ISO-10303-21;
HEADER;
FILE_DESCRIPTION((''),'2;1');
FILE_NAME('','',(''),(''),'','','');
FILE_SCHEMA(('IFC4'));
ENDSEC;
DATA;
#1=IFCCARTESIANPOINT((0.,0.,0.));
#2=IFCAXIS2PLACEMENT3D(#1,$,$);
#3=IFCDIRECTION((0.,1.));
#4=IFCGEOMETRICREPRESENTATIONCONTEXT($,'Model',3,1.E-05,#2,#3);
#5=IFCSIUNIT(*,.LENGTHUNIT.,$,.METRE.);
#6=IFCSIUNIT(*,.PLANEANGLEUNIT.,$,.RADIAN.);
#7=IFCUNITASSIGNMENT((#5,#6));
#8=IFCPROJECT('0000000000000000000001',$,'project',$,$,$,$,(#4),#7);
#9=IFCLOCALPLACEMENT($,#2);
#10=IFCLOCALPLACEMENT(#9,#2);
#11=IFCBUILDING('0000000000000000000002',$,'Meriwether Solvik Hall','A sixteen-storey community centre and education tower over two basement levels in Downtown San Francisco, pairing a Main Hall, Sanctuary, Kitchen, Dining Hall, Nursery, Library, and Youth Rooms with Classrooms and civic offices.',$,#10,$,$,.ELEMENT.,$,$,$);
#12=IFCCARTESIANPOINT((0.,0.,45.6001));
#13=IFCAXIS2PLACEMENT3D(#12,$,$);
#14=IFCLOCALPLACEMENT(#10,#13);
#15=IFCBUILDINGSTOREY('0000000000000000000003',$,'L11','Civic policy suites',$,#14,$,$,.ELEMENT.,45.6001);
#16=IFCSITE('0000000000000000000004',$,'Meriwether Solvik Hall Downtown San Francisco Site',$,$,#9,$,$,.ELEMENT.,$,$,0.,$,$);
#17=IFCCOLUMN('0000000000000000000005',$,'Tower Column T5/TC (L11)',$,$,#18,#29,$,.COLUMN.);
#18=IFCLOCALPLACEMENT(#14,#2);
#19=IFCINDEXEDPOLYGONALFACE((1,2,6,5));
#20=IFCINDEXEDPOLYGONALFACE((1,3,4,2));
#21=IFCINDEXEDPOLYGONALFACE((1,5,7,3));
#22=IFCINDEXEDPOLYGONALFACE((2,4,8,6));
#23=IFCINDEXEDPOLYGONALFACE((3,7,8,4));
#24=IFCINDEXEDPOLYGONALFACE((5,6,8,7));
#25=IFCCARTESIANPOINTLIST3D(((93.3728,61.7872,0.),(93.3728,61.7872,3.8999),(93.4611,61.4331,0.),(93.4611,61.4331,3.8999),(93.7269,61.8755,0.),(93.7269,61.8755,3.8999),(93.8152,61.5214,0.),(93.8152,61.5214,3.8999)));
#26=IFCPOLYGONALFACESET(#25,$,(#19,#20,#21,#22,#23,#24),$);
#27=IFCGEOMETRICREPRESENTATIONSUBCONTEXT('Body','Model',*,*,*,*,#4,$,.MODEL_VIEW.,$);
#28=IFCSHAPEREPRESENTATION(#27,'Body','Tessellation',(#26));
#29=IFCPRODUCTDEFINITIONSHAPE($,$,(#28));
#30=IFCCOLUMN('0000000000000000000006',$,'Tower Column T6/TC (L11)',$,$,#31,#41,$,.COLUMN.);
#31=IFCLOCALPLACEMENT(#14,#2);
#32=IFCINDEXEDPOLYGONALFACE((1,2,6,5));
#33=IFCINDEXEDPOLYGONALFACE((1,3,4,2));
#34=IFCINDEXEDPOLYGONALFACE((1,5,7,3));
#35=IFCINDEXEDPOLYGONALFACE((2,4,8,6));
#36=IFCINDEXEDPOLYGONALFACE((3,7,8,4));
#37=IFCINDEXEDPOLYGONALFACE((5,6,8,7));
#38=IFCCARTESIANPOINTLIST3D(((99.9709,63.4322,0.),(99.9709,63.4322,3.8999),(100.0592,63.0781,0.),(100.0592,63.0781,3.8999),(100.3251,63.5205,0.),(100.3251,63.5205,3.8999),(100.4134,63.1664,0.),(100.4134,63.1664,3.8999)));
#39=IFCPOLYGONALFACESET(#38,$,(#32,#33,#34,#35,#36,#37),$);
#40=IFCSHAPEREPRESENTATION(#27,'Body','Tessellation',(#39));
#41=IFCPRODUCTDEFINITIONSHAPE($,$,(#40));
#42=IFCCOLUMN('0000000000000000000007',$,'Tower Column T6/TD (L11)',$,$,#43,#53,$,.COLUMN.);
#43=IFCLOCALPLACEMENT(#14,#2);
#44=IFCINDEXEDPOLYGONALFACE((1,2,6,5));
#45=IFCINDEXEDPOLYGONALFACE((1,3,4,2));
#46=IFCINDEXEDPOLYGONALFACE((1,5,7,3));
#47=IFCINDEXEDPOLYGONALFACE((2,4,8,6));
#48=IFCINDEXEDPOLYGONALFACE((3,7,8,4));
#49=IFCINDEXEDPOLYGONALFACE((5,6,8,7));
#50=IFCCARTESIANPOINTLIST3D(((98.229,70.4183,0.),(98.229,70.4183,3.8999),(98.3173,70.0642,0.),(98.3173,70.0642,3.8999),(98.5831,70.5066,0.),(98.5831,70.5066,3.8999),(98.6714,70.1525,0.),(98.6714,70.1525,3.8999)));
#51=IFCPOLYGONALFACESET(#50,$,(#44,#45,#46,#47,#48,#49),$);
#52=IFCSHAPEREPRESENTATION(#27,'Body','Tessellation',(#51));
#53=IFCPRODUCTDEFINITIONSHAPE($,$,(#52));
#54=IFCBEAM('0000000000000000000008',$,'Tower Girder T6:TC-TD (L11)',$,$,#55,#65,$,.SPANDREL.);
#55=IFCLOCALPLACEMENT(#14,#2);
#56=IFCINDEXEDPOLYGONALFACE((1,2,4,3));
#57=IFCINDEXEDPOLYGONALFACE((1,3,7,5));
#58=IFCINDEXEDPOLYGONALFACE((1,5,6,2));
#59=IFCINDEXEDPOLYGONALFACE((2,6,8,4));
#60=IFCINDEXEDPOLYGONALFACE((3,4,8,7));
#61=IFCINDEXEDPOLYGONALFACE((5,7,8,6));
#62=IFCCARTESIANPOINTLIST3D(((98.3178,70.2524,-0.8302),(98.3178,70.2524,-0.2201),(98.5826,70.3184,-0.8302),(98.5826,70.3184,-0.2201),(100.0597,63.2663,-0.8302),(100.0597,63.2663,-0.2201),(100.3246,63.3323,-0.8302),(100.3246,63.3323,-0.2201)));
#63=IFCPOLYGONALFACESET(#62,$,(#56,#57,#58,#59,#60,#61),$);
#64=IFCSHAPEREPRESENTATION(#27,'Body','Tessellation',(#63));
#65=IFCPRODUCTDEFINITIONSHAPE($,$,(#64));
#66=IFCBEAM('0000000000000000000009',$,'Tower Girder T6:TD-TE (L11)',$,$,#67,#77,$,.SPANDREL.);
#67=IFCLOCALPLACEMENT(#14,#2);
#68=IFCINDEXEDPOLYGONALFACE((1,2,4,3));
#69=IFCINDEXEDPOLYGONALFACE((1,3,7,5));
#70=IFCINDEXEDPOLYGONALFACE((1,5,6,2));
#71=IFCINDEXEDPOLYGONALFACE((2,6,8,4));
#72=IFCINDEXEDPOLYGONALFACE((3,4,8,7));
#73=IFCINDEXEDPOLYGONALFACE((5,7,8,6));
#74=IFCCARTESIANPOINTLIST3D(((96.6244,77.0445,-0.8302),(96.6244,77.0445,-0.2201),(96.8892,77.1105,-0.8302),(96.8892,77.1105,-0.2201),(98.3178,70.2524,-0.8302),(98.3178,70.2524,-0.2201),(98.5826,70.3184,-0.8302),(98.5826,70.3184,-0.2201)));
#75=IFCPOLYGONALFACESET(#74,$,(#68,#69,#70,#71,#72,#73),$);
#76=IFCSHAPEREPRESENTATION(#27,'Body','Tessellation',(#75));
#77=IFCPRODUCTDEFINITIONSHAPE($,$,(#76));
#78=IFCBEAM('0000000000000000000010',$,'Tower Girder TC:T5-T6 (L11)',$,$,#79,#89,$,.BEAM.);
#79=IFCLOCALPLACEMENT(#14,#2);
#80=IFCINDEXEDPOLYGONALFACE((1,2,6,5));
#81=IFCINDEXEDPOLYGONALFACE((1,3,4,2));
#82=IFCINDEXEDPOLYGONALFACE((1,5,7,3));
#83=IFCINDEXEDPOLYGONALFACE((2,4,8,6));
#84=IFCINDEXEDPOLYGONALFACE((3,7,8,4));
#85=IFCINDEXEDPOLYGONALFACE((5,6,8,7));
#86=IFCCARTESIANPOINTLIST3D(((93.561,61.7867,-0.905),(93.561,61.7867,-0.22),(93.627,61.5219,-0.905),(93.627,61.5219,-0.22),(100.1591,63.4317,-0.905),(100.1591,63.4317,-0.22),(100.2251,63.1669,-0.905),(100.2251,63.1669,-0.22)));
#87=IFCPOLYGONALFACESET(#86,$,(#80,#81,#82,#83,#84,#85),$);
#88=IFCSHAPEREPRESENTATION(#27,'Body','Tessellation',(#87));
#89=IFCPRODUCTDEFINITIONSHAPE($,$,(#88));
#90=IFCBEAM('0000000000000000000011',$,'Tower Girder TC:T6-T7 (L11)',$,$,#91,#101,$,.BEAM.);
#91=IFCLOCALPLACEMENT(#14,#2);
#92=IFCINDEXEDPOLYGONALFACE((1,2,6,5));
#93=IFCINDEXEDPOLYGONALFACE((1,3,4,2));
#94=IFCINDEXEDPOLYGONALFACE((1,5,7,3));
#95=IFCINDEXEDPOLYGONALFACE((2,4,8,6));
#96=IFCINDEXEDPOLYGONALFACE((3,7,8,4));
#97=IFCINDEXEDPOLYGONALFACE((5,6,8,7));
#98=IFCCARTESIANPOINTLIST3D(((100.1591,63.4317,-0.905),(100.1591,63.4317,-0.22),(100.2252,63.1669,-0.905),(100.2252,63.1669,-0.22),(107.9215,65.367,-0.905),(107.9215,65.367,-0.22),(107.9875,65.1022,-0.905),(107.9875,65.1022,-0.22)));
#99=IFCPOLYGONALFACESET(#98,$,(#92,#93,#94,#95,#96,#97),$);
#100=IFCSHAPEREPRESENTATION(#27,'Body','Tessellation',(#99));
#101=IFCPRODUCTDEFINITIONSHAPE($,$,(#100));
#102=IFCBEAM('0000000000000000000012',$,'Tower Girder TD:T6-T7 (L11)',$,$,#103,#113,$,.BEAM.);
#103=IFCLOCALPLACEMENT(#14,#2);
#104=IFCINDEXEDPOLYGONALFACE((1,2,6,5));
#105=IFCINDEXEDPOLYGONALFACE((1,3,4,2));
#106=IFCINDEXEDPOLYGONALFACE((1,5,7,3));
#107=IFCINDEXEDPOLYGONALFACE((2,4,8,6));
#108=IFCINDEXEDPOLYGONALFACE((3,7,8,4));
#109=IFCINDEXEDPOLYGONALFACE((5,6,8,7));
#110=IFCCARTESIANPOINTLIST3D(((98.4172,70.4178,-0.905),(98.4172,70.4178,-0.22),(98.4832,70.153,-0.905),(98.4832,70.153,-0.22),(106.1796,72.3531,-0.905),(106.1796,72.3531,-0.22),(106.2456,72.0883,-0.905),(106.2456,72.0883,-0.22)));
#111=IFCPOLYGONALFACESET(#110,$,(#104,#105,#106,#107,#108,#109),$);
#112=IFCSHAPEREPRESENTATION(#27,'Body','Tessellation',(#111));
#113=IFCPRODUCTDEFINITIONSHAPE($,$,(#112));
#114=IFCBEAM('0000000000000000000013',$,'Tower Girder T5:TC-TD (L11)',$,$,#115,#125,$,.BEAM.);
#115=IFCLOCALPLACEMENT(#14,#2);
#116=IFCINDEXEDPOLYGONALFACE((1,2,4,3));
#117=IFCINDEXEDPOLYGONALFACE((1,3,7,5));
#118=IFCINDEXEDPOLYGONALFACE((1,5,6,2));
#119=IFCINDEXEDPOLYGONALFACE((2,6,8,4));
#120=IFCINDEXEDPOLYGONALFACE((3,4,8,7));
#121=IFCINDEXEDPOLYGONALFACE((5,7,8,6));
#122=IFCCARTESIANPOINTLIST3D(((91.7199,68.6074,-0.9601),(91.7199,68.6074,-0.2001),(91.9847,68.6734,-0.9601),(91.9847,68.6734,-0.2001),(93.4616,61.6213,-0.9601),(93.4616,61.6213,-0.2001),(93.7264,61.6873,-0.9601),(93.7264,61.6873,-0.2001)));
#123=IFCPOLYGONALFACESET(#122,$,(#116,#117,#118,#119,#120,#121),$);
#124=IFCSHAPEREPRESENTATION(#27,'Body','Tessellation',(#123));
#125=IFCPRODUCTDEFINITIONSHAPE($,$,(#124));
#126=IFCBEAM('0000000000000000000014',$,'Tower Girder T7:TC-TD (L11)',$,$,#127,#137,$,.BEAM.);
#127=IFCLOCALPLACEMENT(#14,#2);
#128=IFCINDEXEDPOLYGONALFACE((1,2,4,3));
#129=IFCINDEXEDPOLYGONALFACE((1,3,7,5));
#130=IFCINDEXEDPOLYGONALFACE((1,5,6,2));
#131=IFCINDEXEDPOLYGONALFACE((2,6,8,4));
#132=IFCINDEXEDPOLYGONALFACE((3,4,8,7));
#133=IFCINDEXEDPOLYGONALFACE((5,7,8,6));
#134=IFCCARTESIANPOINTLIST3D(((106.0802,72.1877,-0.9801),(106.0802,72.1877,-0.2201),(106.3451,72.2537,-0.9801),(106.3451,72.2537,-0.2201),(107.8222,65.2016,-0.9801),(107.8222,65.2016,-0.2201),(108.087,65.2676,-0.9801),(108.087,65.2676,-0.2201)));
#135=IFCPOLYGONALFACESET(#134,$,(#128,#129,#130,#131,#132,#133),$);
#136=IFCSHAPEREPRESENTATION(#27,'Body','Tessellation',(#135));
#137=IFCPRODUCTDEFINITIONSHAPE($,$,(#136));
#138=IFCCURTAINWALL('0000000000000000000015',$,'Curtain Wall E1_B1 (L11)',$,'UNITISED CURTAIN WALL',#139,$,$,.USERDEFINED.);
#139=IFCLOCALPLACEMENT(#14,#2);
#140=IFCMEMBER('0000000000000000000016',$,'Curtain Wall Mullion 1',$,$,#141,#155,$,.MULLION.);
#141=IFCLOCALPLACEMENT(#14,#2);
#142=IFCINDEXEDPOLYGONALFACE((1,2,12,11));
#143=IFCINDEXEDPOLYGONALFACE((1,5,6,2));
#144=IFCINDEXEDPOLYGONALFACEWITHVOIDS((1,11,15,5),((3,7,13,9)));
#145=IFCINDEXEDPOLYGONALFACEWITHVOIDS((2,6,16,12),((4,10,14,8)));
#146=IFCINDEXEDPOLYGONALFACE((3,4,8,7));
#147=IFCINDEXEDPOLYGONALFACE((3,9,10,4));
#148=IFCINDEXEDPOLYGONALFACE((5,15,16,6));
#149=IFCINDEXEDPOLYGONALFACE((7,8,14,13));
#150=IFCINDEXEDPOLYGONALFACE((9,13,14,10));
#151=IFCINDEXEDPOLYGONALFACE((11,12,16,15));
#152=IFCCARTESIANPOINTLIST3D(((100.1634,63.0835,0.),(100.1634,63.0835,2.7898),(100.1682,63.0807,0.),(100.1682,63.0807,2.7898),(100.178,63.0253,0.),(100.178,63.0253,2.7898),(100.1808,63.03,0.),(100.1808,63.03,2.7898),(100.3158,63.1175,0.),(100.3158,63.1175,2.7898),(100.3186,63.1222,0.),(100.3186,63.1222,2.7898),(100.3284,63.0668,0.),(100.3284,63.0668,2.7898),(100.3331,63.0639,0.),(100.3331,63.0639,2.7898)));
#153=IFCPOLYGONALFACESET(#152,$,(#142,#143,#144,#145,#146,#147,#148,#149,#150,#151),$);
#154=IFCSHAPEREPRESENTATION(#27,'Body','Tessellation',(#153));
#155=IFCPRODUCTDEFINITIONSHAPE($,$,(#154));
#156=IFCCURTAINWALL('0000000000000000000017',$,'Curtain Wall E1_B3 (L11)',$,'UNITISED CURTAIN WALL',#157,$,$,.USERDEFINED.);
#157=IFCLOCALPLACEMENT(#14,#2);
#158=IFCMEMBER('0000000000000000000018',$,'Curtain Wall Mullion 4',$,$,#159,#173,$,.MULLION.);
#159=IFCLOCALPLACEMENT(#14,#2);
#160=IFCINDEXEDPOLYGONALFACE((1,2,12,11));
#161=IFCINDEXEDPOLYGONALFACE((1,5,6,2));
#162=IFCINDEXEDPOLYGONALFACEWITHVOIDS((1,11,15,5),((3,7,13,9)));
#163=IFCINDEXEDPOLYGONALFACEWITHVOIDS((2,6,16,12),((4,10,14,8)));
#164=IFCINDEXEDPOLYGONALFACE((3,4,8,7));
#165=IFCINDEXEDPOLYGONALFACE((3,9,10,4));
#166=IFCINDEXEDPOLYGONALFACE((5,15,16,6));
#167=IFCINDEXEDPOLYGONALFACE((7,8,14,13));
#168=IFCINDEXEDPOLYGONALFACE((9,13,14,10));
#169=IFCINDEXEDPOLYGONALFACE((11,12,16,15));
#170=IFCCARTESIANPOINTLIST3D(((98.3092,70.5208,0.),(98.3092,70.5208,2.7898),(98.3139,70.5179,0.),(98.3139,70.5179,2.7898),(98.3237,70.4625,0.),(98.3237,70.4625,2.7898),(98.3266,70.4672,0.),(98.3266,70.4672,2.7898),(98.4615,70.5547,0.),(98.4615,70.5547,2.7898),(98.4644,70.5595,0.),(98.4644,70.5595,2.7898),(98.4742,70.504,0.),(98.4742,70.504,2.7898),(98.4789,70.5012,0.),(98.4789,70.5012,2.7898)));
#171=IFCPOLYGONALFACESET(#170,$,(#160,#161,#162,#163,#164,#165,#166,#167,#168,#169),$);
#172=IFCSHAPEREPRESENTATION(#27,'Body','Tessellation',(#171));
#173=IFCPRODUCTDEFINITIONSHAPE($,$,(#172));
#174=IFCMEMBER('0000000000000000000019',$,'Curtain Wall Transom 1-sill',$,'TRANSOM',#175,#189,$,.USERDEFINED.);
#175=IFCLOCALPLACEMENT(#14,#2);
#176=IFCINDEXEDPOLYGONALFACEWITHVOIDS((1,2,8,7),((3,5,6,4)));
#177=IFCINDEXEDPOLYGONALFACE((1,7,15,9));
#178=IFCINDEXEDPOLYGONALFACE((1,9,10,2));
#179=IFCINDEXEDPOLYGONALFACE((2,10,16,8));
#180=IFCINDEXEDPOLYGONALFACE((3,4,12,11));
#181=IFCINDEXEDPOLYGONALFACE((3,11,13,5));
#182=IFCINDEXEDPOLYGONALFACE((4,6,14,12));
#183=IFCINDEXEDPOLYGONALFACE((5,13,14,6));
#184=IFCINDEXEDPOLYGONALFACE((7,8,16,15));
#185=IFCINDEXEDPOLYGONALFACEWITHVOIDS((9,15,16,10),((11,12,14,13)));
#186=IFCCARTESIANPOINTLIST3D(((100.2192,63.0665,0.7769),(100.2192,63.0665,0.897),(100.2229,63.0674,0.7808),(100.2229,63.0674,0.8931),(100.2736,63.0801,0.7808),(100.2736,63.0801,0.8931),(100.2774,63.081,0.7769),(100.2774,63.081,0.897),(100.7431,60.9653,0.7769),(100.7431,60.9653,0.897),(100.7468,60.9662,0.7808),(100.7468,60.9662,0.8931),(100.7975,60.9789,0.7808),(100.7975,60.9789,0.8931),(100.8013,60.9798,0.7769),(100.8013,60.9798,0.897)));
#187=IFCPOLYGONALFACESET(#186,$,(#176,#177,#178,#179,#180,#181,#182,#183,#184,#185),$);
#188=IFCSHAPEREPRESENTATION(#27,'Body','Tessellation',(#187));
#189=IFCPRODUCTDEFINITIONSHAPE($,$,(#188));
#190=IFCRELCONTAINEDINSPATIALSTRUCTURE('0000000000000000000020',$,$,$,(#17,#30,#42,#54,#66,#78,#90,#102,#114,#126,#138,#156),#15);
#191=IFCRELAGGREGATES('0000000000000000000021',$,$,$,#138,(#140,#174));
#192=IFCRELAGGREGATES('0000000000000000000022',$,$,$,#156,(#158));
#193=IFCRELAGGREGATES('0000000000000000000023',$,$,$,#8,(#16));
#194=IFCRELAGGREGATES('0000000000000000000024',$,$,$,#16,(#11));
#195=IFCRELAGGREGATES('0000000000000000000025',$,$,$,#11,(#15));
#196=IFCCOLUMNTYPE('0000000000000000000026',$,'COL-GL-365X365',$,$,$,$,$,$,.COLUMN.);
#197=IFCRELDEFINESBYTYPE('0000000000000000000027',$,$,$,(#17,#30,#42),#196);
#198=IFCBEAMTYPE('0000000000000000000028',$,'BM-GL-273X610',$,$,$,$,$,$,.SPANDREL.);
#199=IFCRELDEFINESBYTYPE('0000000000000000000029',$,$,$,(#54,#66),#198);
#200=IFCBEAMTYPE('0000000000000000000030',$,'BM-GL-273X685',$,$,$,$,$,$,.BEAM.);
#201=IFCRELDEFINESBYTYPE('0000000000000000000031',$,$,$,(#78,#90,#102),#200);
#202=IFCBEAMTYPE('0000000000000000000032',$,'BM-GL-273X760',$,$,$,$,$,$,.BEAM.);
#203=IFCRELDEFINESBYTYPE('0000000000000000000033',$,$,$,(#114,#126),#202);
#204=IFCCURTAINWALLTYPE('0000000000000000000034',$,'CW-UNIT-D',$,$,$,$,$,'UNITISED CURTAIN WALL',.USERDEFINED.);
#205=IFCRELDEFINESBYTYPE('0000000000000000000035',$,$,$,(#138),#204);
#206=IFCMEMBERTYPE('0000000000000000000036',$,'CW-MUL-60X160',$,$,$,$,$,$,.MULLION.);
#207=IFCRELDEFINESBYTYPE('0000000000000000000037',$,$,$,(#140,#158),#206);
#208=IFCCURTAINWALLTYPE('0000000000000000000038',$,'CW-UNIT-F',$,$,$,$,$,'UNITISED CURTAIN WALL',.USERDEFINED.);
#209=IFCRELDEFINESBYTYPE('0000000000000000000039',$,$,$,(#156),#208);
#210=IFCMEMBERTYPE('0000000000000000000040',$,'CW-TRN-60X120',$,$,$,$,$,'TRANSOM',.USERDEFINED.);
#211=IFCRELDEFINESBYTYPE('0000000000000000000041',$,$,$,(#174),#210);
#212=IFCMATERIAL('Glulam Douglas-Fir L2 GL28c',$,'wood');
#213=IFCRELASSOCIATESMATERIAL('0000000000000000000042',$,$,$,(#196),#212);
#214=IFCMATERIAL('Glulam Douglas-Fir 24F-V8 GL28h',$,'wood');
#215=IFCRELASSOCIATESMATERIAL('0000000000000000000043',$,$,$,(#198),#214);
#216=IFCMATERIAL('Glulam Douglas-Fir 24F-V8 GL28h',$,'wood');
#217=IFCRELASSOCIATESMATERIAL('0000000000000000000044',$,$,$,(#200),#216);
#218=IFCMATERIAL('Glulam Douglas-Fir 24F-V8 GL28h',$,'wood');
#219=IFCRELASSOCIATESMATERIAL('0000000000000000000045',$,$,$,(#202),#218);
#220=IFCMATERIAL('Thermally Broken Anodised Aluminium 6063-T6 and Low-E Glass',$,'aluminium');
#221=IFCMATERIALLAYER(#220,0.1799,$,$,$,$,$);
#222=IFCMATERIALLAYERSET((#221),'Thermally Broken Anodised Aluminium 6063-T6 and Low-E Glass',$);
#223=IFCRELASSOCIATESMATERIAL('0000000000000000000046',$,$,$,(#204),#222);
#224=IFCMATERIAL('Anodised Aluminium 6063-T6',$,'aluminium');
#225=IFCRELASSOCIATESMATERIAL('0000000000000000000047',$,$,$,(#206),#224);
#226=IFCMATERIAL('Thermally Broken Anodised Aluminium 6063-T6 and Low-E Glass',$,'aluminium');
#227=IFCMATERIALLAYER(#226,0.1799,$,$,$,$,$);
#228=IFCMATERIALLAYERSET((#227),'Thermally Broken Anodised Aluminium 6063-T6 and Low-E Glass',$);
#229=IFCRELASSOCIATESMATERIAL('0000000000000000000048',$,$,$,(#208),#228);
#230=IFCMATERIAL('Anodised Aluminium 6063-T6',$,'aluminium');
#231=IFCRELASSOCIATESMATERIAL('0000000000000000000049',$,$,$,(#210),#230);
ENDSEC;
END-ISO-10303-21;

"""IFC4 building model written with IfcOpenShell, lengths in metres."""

from ifc_helpers import new_model, si_unit, direction, frame, origin, origin_2d, place, context, subcontext, project, spatial, rectangle, hollow_rectangle, extrude, material, layer, layer_set, material_profile, profile_set, type_object, element, aggregate, save


model = new_model("IFC4")

# Units and contexts
model_context = context("Model", 3, precision=1e-05, world=origin(), true_north=direction((0.0, 1.0)))
body_context = subcontext(model_context, "Body", "Model", "MODEL_VIEW")
ifc_project = project(units=[si_unit("LENGTHUNIT", "METRE"), si_unit("PLANEANGLEUNIT", "RADIAN")], contexts=[model_context])

# Site, building, storey
site_placement = place(None, origin())
site = spatial("IfcSite", under=ifc_project, at=site_placement, Name="Meriwether Solvik Hall Downtown San Francisco Site", CompositionType="ELEMENT", RefElevation=0.0)
building_placement = place(site_placement, origin())
building = spatial("IfcBuilding", under=site, at=building_placement, Name="Meriwether Solvik Hall", Description="A sixteen-storey community centre and education tower over two basement levels in Downtown San Francisco, pairing a Main Hall, Sanctuary, Kitchen, Dining Hall, Nursery, Library, and Youth Rooms with Classrooms and civic offices.", CompositionType="ELEMENT")
storey_placement = place(building_placement, frame((0.0, 0.0, 45.6001)))
storey = spatial("IfcBuildingStorey", under=building, at=storey_placement, Name="L11", Description="Civic policy suites", CompositionType="ELEMENT", Elevation=45.6001)

# Columns
ifc_material_1 = material(Name="Glulam Douglas-Fir L2 GL28c", Category="wood")
ifc_material_profile_1 = material_profile(ifc_material_1, rectangle(XDim=0.365, YDim=0.365, at=origin_2d()), Name="GLC-365X365")
ifc_profile_set_1 = profile_set([ifc_material_profile_1], Name="Glulam Douglas-Fir L2 GL28c")
column_type = type_object("IfcColumnType", Name="COL-GL-365X365", PredefinedType="COLUMN", material=ifc_profile_set_1)
for number, where, z_axis, x_axis, name in (
    (1, (93.594, 61.6543, 0.0), (0.0, 0.0, 1.0), (0.970296, 0.241922, 0.0), "Tower Column T5/TC (L11)"),
    (2, (100.1921, 63.2993, 0.0), (0.0, 0.0, 1.0), (0.970296, 0.241922, 0.0), "Tower Column T6/TC (L11)"),
    (3, (98.4502, 70.2854, 0.0), (0.0, 0.0, 1.0), (0.970296, 0.241922, 0.0), "Tower Column T6/TD (L11)"),
):
    element("IfcColumn", number, at=place(storey_placement, frame(where, z_axis=z_axis, x_axis=x_axis)), inside=storey, type_object=column_type, Name=name, PredefinedType="COLUMN", context=body_context, shape_type="SweptSolid", body=[
        extrude(rectangle(XDim=0.365, YDim=0.365, at=origin_2d()), origin(), (0.0, 0.0, 1.0), 3.8999),
    ])

# Beams
ifc_material_2 = material(Name="Glulam Douglas-Fir 24F-V8 GL28h", Category="wood")
ifc_material_profile_2 = material_profile(ifc_material_2, rectangle(XDim=0.2729, YDim=0.6101, at=origin_2d()), Name="GLB-273X610")
ifc_profile_set_2 = profile_set([ifc_material_profile_2], Name="Glulam Douglas-Fir 24F-V8 GL28h")
beam_type_1 = type_object("IfcBeamType", Name="BM-GL-273X610", PredefinedType="SPANDREL", material=ifc_profile_set_2)
beam_1_placement = place(storey_placement, frame((100.1921, 63.2993, -0.5251), z_axis=(-0.241937, 0.970292, 0.0), x_axis=(-0.970292, -0.241937, 0.0)))
element("IfcBeam", 4, at=beam_1_placement, inside=storey, type_object=beam_type_1, Name="Tower Girder T6:TC-TD (L11)", PredefinedType="SPANDREL", context=body_context, shape_type="SweptSolid", body=[
    extrude(rectangle(XDim=0.2729, YDim=0.6101, at=origin_2d()), origin(), (0.0, 0.0, 1.0), 7.2),
])
beam_2_placement = place(storey_placement, frame((98.4502, 70.2854, -0.5251), z_axis=(-0.241912, 0.970298, 0.0), x_axis=(-0.970298, -0.241912, 0.0)))
element("IfcBeam", 5, at=beam_2_placement, inside=storey, type_object=beam_type_1, Name="Tower Girder T6:TD-TE (L11)", PredefinedType="SPANDREL", context=body_context, shape_type="SweptSolid", body=[
    extrude(rectangle(XDim=0.2729, YDim=0.6101, at=origin_2d()), origin(), (0.0, 0.0, 1.0), 7.0),
])
ifc_material_3 = material(Name="Glulam Douglas-Fir 24F-V8 GL28h", Category="wood")
ifc_material_profile_3 = material_profile(ifc_material_3, rectangle(XDim=0.2729, YDim=0.6851, at=origin_2d()), Name="GLB-273X685")
ifc_profile_set_3 = profile_set([ifc_material_profile_3], Name="Glulam Douglas-Fir 24F-V8 GL28h")
beam_type_2 = type_object("IfcBeamType", Name="BM-GL-273X685", PredefinedType="BEAM", material=ifc_profile_set_3)
beam_3_placement = place(storey_placement, frame((93.594, 61.6543, -0.5625), z_axis=(0.970299, 0.24191, 0.0), x_axis=(-0.24191, 0.970299, 0.0)))
element("IfcBeam", 6, at=beam_3_placement, inside=storey, type_object=beam_type_2, Name="Tower Girder TC:T5-T6 (L11)", PredefinedType="BEAM", context=body_context, shape_type="SweptSolid", body=[
    extrude(rectangle(XDim=0.2729, YDim=0.6851, at=origin_2d()), origin(), (0.0, 0.0, 1.0), 6.8),
])
for number, where, z_axis, x_axis, name in (
    (7, (100.1921, 63.2993, -0.5625), (0.970298, 0.241911, 0.0), (-0.241911, 0.970298, 0.0), "Tower Girder TC:T6-T7 (L11)"),
    (8, (98.4502, 70.2854, -0.5625), (0.970298, 0.241911, 0.0), (-0.241911, 0.970298, 0.0), "Tower Girder TD:T6-T7 (L11)"),
):
    element("IfcBeam", number, at=place(storey_placement, frame(where, z_axis=z_axis, x_axis=x_axis)), inside=storey, type_object=beam_type_2, Name=name, PredefinedType="BEAM", context=body_context, shape_type="SweptSolid", body=[
        extrude(rectangle(XDim=0.2729, YDim=0.6851, at=origin_2d()), origin(), (0.0, 0.0, 1.0), 8.0),
    ])
ifc_material_4 = material(Name="Glulam Douglas-Fir 24F-V8 GL28h", Category="wood")
ifc_material_profile_4 = material_profile(ifc_material_4, rectangle(XDim=0.2729, YDim=0.76, at=origin_2d()), Name="GLB-273X760")
ifc_profile_set_4 = profile_set([ifc_material_profile_4], Name="Glulam Douglas-Fir 24F-V8 GL28h")
beam_type_3 = type_object("IfcBeamType", Name="BM-GL-273X760", PredefinedType="BEAM", material=ifc_profile_set_4)
for number, where, z_axis, x_axis, name in (
    (9, (93.594, 61.6543, -0.5801), (-0.241905, 0.9703, 0.0), (-0.9703, -0.241905, 0.0), "Tower Girder T5:TC-TD (L11)"),
    (10, (107.9546, 65.2346, -0.6001), (-0.241937, 0.970292, 0.0), (-0.970292, -0.241937, 0.0), "Tower Girder T7:TC-TD (L11)"),
):
    element("IfcBeam", number, at=place(storey_placement, frame(where, z_axis=z_axis, x_axis=x_axis)), inside=storey, type_object=beam_type_3, Name=name, PredefinedType="BEAM", context=body_context, shape_type="SweptSolid", body=[
        extrude(rectangle(XDim=0.2729, YDim=0.76, at=origin_2d()), origin(), (0.0, 0.0, 1.0), 7.2),
    ])

# Curtain walls, members
ifc_material_5 = material(Name="Thermally Broken Anodised Aluminium 6063-T6 and Low-E Glass", Category="aluminium")
ifc_layer_1 = layer(ifc_material_5, 0.1799)
ifc_layer_set_1 = layer_set([ifc_layer_1], Name="Thermally Broken Anodised Aluminium 6063-T6 and Low-E Glass")
curtain_wall_type_1 = type_object("IfcCurtainWallType", Name="CW-UNIT-D", ElementType="UNITISED CURTAIN WALL", PredefinedType="USERDEFINED", material=ifc_layer_set_1)
curtain_wall_1_placement = place(storey_placement, origin())
curtain_wall_1 = element("IfcCurtainWall", 11, at=curtain_wall_1_placement, inside=storey, type_object=curtain_wall_type_1, Name="Curtain Wall E1_B1 (L11)", ObjectType="UNITISED CURTAIN WALL", PredefinedType="USERDEFINED")
ifc_material_6 = material(Name="Anodised Aluminium 6063-T6", Category="aluminium")
ifc_material_profile_5 = material_profile(ifc_material_6, hollow_rectangle(XDim=0.0601, YDim=0.1599, WallThickness=0.0039, at=origin_2d()), Name="CWM-60X160")
ifc_profile_set_5 = profile_set([ifc_material_profile_5], Name="Anodised Aluminium 6063-T6")
member_type_1 = type_object("IfcMemberType", Name="CW-MUL-60X160", PredefinedType="MULLION", material=ifc_profile_set_5)
member_1_placement = place(storey_placement, frame((100.2483, 63.0737, 0.0), z_axis=(0.0, 0.0, 1.0), x_axis=(0.241922, -0.970296, 0.0)))
member_1 = element("IfcMember", 12, at=member_1_placement, type_object=member_type_1, Name="Curtain Wall Mullion 1", PredefinedType="MULLION", context=body_context, shape_type="SweptSolid", body=[
    extrude(hollow_rectangle(XDim=0.0601, YDim=0.1599, WallThickness=0.0039, at=origin_2d()), origin(), (0.0, 0.0, 1.0), 2.7898),
])
ifc_material_7 = material(Name="Thermally Broken Anodised Aluminium 6063-T6 and Low-E Glass", Category="aluminium")
ifc_layer_2 = layer(ifc_material_7, 0.1799)
ifc_layer_set_2 = layer_set([ifc_layer_2], Name="Thermally Broken Anodised Aluminium 6063-T6 and Low-E Glass")
curtain_wall_type_2 = type_object("IfcCurtainWallType", Name="CW-UNIT-F", ElementType="UNITISED CURTAIN WALL", PredefinedType="USERDEFINED", material=ifc_layer_set_2)
curtain_wall_2_placement = place(storey_placement, origin())
curtain_wall_2 = element("IfcCurtainWall", 13, at=curtain_wall_2_placement, inside=storey, type_object=curtain_wall_type_2, Name="Curtain Wall E1_B3 (L11)", ObjectType="UNITISED CURTAIN WALL", PredefinedType="USERDEFINED")
member_2_placement = place(storey_placement, frame((98.394, 70.511, 0.0), z_axis=(0.0, 0.0, 1.0), x_axis=(0.241922, -0.970296, 0.0)))
member_2 = element("IfcMember", 14, at=member_2_placement, type_object=member_type_1, Name="Curtain Wall Mullion 4", PredefinedType="MULLION", context=body_context, shape_type="SweptSolid", body=[
    extrude(hollow_rectangle(XDim=0.0601, YDim=0.1599, WallThickness=0.0039, at=origin_2d()), origin(), (0.0, 0.0, 1.0), 2.7898),
])

# Member
ifc_material_8 = material(Name="Anodised Aluminium 6063-T6", Category="aluminium")
ifc_material_profile_6 = material_profile(ifc_material_8, hollow_rectangle(XDim=0.0601, YDim=0.1201, WallThickness=0.0039, at=origin_2d()), Name="CWT-60X120")
ifc_profile_set_6 = profile_set([ifc_material_profile_6], Name="Anodised Aluminium 6063-T6")
member_type_2 = type_object("IfcMemberType", Name="CW-TRN-60X120", ElementType="TRANSOM", PredefinedType="USERDEFINED", material=ifc_profile_set_6)
member_3_placement = place(storey_placement, frame((100.2483, 63.0737, 0.8369), z_axis=(0.241925, -0.970295, 0.0), x_axis=(0.970295, 0.241925, 0.0)))
member_3 = element("IfcMember", 15, at=member_3_placement, type_object=member_type_2, Name="Curtain Wall Transom 1-sill", ObjectType="TRANSOM", PredefinedType="USERDEFINED", context=body_context, shape_type="SweptSolid", body=[
    extrude(hollow_rectangle(XDim=0.0601, YDim=0.1201, WallThickness=0.0039, at=origin_2d()), origin(), (0.0, 0.0, 1.0), 2.1655),
])

aggregate(curtain_wall_1, [member_1, member_3])
aggregate(curtain_wall_2, [member_2])

save(model, "model.ifc")
